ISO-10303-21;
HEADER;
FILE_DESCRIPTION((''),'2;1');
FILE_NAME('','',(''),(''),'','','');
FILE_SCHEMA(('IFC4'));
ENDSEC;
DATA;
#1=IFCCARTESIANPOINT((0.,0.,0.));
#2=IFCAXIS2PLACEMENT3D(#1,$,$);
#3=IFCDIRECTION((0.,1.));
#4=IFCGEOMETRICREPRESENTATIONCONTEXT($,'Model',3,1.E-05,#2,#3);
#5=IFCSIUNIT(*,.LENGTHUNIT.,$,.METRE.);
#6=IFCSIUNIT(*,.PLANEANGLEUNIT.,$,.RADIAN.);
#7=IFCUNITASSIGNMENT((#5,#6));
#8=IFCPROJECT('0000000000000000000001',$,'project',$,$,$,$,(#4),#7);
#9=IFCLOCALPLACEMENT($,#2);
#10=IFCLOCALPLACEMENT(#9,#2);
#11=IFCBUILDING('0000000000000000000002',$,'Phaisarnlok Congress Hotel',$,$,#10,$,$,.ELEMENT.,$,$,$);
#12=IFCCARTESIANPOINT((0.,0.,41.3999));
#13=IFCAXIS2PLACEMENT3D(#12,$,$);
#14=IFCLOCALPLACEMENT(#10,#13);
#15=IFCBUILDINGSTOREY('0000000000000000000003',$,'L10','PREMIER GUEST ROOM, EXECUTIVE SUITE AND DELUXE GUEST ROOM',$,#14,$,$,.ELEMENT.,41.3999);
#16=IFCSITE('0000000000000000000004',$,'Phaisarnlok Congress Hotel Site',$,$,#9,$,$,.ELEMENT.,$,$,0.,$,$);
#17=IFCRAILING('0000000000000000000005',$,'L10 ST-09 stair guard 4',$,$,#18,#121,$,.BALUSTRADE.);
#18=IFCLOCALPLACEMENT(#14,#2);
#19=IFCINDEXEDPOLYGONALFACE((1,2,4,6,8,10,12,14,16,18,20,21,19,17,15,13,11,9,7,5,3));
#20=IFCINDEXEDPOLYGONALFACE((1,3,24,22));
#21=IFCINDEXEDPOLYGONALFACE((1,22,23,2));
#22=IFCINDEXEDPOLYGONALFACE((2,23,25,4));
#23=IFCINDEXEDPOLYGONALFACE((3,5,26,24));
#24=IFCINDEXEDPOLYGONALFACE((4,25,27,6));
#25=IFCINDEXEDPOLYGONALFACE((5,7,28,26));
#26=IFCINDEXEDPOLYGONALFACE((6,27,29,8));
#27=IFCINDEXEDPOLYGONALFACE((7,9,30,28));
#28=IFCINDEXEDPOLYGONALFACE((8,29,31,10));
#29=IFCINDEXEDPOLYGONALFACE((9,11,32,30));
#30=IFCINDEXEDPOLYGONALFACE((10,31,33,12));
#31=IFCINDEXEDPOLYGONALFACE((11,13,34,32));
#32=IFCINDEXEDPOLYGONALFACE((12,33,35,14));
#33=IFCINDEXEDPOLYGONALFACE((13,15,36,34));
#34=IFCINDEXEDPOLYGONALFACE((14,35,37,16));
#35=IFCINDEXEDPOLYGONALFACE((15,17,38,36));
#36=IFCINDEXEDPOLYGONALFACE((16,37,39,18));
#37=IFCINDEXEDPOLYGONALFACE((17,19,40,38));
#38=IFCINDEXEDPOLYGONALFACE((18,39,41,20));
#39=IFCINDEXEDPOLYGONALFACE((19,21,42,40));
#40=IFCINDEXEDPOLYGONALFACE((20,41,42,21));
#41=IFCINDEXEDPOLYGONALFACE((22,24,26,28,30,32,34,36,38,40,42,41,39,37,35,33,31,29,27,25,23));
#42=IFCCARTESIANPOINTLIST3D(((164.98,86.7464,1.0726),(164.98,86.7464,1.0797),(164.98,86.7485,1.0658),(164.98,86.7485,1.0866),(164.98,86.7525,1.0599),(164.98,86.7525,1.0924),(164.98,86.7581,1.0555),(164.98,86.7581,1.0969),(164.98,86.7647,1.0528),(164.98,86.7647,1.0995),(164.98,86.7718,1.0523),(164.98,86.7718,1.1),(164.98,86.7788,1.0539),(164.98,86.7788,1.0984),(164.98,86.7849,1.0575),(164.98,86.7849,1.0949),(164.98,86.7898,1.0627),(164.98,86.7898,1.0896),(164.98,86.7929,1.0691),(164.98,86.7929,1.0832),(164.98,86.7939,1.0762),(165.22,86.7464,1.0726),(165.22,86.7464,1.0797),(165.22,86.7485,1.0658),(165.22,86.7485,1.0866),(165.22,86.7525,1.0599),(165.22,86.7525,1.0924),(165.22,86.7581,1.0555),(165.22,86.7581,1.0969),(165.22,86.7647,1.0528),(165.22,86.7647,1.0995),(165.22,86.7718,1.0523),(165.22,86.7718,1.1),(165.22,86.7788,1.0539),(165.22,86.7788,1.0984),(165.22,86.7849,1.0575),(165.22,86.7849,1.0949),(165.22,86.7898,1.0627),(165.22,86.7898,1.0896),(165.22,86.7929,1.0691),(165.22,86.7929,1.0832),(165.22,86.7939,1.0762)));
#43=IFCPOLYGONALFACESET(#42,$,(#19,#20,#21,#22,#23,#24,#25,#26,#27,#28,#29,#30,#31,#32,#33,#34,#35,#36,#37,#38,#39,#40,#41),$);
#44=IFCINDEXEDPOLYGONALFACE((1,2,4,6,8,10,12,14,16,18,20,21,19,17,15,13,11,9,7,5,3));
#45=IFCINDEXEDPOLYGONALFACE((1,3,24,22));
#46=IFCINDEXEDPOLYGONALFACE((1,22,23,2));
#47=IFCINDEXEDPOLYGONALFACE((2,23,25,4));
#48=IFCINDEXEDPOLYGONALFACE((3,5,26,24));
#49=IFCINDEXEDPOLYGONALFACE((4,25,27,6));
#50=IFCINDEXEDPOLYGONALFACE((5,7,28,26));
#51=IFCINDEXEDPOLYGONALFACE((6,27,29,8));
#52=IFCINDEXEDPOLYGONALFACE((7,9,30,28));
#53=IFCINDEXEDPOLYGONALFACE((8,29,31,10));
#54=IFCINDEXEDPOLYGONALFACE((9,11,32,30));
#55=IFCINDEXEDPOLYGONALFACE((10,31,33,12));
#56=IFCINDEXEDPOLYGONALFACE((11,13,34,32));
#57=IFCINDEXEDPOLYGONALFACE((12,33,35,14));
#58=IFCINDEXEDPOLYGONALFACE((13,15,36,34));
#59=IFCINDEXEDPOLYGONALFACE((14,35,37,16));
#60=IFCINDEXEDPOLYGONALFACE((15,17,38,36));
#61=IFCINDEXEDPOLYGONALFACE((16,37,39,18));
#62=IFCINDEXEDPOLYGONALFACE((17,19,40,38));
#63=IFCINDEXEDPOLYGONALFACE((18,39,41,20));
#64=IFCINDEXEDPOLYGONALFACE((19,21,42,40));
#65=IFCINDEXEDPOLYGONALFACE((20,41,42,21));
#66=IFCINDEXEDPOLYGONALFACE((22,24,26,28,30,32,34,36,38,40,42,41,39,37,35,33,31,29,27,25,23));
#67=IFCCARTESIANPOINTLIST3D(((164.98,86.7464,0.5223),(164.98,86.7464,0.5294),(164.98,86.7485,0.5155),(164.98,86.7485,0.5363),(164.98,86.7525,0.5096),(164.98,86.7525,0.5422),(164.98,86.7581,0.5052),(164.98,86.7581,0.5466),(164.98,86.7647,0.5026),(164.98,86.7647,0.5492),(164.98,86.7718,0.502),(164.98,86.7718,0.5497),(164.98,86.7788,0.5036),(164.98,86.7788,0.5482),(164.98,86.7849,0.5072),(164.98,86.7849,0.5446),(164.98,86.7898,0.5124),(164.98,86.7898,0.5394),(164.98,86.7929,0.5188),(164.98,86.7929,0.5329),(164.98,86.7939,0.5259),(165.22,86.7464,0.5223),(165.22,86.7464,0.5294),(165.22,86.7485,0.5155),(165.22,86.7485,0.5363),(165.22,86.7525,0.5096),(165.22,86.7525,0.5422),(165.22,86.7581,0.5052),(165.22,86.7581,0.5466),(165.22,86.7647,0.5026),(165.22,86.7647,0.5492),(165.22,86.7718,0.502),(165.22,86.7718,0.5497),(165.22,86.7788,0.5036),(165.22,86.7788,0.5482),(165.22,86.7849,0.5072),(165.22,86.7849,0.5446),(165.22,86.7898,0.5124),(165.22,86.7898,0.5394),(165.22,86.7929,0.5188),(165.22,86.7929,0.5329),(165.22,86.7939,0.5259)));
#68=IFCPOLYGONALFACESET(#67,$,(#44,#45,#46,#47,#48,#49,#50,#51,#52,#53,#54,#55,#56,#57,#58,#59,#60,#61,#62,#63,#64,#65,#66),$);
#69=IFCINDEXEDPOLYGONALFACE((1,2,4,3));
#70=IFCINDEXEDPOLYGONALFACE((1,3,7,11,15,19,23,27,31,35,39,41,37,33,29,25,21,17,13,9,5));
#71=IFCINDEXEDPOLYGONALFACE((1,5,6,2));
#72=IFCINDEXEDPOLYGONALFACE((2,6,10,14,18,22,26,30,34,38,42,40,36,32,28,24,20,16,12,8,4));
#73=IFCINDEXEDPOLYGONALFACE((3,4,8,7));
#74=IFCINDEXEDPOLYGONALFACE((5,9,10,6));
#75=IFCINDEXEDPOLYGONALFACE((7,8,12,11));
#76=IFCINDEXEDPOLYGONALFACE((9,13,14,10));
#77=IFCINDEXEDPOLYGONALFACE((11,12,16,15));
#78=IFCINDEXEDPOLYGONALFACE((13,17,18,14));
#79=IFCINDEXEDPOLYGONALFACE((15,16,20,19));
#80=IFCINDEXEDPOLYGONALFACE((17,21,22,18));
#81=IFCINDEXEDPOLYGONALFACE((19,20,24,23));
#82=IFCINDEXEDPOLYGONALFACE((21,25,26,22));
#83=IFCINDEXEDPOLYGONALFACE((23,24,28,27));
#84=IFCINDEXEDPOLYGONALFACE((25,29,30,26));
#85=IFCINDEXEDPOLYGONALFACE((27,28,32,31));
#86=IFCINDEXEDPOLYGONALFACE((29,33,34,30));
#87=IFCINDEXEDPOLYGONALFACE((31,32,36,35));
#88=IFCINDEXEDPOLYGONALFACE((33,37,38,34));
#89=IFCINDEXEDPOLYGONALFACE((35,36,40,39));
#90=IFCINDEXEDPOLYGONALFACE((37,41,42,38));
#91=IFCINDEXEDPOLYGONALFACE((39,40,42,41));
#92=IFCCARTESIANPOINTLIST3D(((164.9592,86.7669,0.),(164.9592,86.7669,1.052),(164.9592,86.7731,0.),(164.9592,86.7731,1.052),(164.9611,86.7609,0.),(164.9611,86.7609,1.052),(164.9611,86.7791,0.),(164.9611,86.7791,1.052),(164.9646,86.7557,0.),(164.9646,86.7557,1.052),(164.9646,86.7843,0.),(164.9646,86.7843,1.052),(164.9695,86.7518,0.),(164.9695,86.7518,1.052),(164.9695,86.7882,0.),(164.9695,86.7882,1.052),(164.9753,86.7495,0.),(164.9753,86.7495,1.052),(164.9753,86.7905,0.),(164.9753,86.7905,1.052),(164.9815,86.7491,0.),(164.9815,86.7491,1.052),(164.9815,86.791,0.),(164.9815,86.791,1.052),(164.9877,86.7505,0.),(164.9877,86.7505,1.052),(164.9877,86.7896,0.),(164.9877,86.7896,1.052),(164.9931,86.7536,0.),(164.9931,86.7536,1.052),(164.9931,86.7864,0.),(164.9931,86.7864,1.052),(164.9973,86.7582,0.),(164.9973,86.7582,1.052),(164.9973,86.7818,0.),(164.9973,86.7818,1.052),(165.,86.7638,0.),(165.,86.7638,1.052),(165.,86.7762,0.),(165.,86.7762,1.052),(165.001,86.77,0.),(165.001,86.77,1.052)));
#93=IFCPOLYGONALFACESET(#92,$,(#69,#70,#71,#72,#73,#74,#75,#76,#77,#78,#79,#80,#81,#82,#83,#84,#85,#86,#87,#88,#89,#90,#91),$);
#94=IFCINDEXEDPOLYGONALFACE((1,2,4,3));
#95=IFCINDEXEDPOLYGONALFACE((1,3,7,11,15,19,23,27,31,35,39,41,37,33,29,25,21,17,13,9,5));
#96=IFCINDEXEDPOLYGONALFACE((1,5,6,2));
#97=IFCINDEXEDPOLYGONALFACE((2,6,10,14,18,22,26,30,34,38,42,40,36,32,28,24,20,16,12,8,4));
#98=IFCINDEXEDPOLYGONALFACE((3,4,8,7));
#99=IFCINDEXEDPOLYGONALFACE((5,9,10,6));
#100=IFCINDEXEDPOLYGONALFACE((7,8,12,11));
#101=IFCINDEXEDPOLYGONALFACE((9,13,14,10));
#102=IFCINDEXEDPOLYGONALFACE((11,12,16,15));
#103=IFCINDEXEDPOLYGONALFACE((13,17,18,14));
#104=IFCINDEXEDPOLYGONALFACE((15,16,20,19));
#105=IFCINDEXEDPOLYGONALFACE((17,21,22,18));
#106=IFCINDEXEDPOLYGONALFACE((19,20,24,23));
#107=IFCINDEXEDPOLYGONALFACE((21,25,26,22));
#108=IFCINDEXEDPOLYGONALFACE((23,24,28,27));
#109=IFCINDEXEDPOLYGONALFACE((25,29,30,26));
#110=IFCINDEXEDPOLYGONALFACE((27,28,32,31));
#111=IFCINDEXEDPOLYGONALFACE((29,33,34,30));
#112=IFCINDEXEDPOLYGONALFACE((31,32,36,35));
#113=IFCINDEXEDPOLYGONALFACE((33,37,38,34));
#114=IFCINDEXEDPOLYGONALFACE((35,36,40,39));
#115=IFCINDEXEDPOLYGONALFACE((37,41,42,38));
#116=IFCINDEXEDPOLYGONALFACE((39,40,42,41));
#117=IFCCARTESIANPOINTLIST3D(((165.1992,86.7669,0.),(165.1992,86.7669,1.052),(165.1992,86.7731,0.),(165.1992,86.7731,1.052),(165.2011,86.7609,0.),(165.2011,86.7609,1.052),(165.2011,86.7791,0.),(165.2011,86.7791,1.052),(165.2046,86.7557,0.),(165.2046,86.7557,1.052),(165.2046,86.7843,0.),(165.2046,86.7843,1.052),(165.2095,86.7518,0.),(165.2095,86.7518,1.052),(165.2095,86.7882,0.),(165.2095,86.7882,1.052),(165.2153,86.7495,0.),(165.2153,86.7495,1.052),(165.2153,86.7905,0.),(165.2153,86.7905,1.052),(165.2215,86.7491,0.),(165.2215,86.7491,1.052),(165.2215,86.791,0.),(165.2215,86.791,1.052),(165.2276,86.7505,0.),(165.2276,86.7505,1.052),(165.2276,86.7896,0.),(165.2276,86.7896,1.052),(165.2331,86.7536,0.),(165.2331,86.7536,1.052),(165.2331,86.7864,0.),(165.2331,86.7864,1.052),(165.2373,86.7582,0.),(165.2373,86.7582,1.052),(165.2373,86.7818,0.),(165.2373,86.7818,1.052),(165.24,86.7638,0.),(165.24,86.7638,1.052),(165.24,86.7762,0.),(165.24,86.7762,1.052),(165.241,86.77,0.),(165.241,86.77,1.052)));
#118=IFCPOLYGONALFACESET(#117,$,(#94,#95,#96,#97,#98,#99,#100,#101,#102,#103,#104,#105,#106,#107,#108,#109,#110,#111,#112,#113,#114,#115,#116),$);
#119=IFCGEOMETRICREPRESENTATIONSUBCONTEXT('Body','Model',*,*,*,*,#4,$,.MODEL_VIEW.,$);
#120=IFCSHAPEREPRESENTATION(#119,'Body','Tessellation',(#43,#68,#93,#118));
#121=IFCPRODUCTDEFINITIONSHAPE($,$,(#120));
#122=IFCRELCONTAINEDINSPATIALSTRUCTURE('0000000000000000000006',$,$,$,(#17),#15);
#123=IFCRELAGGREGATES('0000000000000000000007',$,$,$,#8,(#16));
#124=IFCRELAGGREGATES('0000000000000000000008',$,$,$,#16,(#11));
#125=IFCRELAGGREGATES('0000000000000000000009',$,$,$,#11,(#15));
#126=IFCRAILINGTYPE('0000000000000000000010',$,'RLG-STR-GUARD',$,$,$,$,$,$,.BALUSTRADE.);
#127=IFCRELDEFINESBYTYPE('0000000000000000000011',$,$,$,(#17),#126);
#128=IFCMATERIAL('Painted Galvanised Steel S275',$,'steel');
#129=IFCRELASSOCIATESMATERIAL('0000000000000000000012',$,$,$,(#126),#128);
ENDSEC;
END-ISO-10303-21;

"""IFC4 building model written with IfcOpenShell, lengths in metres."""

from ifc_helpers import new_model, si_unit, direction, frame, origin, origin_2d, place, context, subcontext, project, spatial, circle, extrude, material, type_object, element, save


model = new_model("IFC4")

# Units and contexts
model_context = context("Model", 3, precision=1e-05, world=origin(), true_north=direction((0.0, 1.0)))
body_context = subcontext(model_context, "Body", "Model", "MODEL_VIEW")
ifc_project = project(units=[si_unit("LENGTHUNIT", "METRE"), si_unit("PLANEANGLEUNIT", "RADIAN")], contexts=[model_context])

# Site, building, storey
site_placement = place(None, origin())
site = spatial("IfcSite", under=ifc_project, at=site_placement, Name="Phaisarnlok Congress Hotel Site", CompositionType="ELEMENT", RefElevation=0.0)
building_placement = place(site_placement, origin())
building = spatial("IfcBuilding", under=site, at=building_placement, Name="Phaisarnlok Congress Hotel", CompositionType="ELEMENT")
storey_placement = place(building_placement, frame((0.0, 0.0, 41.3999)))
storey = spatial("IfcBuildingStorey", under=building, at=storey_placement, Name="L10", Description="PREMIER GUEST ROOM, EXECUTIVE SUITE AND DELUXE GUEST ROOM", CompositionType="ELEMENT", Elevation=41.3999)

# Railing
ifc_material_1 = material(Name="Painted Galvanised Steel S275", Category="steel")
railing_type_1 = type_object("IfcRailingType", Name="RLG-STR-GUARD", PredefinedType="BALUSTRADE", material=ifc_material_1)
railing_1_placement = place(storey_placement, frame((164.98, 86.77, 0.0)))
element("IfcRailing", 1, at=railing_1_placement, inside=storey, type_object=railing_type_1, Name="L10 ST-09 stair guard 4", PredefinedType="BALUSTRADE", context=body_context, shape_type="SweptSolid", body=[
    extrude(circle(Radius=0.0239, at=origin_2d()), frame((0.0, 0.0, 1.0762), z_axis=(1.0, 0.0, 0.0), x_axis=(0.0, 1.0, 0.0)), (0.0, 0.0, 1.0), 0.24),
    extrude(circle(Radius=0.0239, at=origin_2d()), frame((0.0, 0.0, 0.5259), z_axis=(1.0, 0.0, 0.0), x_axis=(0.0, 1.0, 0.0)), (0.0, 0.0, 1.0), 0.24),
    extrude(circle(Radius=0.021, at=origin_2d()), origin(), (0.0, 0.0, 1.0), 1.052),
    extrude(circle(Radius=0.021, at=origin_2d()), frame((0.24, 0.0, 0.0)), (0.0, 0.0, 1.0), 1.052),
])

save(model, "model.ifc")
